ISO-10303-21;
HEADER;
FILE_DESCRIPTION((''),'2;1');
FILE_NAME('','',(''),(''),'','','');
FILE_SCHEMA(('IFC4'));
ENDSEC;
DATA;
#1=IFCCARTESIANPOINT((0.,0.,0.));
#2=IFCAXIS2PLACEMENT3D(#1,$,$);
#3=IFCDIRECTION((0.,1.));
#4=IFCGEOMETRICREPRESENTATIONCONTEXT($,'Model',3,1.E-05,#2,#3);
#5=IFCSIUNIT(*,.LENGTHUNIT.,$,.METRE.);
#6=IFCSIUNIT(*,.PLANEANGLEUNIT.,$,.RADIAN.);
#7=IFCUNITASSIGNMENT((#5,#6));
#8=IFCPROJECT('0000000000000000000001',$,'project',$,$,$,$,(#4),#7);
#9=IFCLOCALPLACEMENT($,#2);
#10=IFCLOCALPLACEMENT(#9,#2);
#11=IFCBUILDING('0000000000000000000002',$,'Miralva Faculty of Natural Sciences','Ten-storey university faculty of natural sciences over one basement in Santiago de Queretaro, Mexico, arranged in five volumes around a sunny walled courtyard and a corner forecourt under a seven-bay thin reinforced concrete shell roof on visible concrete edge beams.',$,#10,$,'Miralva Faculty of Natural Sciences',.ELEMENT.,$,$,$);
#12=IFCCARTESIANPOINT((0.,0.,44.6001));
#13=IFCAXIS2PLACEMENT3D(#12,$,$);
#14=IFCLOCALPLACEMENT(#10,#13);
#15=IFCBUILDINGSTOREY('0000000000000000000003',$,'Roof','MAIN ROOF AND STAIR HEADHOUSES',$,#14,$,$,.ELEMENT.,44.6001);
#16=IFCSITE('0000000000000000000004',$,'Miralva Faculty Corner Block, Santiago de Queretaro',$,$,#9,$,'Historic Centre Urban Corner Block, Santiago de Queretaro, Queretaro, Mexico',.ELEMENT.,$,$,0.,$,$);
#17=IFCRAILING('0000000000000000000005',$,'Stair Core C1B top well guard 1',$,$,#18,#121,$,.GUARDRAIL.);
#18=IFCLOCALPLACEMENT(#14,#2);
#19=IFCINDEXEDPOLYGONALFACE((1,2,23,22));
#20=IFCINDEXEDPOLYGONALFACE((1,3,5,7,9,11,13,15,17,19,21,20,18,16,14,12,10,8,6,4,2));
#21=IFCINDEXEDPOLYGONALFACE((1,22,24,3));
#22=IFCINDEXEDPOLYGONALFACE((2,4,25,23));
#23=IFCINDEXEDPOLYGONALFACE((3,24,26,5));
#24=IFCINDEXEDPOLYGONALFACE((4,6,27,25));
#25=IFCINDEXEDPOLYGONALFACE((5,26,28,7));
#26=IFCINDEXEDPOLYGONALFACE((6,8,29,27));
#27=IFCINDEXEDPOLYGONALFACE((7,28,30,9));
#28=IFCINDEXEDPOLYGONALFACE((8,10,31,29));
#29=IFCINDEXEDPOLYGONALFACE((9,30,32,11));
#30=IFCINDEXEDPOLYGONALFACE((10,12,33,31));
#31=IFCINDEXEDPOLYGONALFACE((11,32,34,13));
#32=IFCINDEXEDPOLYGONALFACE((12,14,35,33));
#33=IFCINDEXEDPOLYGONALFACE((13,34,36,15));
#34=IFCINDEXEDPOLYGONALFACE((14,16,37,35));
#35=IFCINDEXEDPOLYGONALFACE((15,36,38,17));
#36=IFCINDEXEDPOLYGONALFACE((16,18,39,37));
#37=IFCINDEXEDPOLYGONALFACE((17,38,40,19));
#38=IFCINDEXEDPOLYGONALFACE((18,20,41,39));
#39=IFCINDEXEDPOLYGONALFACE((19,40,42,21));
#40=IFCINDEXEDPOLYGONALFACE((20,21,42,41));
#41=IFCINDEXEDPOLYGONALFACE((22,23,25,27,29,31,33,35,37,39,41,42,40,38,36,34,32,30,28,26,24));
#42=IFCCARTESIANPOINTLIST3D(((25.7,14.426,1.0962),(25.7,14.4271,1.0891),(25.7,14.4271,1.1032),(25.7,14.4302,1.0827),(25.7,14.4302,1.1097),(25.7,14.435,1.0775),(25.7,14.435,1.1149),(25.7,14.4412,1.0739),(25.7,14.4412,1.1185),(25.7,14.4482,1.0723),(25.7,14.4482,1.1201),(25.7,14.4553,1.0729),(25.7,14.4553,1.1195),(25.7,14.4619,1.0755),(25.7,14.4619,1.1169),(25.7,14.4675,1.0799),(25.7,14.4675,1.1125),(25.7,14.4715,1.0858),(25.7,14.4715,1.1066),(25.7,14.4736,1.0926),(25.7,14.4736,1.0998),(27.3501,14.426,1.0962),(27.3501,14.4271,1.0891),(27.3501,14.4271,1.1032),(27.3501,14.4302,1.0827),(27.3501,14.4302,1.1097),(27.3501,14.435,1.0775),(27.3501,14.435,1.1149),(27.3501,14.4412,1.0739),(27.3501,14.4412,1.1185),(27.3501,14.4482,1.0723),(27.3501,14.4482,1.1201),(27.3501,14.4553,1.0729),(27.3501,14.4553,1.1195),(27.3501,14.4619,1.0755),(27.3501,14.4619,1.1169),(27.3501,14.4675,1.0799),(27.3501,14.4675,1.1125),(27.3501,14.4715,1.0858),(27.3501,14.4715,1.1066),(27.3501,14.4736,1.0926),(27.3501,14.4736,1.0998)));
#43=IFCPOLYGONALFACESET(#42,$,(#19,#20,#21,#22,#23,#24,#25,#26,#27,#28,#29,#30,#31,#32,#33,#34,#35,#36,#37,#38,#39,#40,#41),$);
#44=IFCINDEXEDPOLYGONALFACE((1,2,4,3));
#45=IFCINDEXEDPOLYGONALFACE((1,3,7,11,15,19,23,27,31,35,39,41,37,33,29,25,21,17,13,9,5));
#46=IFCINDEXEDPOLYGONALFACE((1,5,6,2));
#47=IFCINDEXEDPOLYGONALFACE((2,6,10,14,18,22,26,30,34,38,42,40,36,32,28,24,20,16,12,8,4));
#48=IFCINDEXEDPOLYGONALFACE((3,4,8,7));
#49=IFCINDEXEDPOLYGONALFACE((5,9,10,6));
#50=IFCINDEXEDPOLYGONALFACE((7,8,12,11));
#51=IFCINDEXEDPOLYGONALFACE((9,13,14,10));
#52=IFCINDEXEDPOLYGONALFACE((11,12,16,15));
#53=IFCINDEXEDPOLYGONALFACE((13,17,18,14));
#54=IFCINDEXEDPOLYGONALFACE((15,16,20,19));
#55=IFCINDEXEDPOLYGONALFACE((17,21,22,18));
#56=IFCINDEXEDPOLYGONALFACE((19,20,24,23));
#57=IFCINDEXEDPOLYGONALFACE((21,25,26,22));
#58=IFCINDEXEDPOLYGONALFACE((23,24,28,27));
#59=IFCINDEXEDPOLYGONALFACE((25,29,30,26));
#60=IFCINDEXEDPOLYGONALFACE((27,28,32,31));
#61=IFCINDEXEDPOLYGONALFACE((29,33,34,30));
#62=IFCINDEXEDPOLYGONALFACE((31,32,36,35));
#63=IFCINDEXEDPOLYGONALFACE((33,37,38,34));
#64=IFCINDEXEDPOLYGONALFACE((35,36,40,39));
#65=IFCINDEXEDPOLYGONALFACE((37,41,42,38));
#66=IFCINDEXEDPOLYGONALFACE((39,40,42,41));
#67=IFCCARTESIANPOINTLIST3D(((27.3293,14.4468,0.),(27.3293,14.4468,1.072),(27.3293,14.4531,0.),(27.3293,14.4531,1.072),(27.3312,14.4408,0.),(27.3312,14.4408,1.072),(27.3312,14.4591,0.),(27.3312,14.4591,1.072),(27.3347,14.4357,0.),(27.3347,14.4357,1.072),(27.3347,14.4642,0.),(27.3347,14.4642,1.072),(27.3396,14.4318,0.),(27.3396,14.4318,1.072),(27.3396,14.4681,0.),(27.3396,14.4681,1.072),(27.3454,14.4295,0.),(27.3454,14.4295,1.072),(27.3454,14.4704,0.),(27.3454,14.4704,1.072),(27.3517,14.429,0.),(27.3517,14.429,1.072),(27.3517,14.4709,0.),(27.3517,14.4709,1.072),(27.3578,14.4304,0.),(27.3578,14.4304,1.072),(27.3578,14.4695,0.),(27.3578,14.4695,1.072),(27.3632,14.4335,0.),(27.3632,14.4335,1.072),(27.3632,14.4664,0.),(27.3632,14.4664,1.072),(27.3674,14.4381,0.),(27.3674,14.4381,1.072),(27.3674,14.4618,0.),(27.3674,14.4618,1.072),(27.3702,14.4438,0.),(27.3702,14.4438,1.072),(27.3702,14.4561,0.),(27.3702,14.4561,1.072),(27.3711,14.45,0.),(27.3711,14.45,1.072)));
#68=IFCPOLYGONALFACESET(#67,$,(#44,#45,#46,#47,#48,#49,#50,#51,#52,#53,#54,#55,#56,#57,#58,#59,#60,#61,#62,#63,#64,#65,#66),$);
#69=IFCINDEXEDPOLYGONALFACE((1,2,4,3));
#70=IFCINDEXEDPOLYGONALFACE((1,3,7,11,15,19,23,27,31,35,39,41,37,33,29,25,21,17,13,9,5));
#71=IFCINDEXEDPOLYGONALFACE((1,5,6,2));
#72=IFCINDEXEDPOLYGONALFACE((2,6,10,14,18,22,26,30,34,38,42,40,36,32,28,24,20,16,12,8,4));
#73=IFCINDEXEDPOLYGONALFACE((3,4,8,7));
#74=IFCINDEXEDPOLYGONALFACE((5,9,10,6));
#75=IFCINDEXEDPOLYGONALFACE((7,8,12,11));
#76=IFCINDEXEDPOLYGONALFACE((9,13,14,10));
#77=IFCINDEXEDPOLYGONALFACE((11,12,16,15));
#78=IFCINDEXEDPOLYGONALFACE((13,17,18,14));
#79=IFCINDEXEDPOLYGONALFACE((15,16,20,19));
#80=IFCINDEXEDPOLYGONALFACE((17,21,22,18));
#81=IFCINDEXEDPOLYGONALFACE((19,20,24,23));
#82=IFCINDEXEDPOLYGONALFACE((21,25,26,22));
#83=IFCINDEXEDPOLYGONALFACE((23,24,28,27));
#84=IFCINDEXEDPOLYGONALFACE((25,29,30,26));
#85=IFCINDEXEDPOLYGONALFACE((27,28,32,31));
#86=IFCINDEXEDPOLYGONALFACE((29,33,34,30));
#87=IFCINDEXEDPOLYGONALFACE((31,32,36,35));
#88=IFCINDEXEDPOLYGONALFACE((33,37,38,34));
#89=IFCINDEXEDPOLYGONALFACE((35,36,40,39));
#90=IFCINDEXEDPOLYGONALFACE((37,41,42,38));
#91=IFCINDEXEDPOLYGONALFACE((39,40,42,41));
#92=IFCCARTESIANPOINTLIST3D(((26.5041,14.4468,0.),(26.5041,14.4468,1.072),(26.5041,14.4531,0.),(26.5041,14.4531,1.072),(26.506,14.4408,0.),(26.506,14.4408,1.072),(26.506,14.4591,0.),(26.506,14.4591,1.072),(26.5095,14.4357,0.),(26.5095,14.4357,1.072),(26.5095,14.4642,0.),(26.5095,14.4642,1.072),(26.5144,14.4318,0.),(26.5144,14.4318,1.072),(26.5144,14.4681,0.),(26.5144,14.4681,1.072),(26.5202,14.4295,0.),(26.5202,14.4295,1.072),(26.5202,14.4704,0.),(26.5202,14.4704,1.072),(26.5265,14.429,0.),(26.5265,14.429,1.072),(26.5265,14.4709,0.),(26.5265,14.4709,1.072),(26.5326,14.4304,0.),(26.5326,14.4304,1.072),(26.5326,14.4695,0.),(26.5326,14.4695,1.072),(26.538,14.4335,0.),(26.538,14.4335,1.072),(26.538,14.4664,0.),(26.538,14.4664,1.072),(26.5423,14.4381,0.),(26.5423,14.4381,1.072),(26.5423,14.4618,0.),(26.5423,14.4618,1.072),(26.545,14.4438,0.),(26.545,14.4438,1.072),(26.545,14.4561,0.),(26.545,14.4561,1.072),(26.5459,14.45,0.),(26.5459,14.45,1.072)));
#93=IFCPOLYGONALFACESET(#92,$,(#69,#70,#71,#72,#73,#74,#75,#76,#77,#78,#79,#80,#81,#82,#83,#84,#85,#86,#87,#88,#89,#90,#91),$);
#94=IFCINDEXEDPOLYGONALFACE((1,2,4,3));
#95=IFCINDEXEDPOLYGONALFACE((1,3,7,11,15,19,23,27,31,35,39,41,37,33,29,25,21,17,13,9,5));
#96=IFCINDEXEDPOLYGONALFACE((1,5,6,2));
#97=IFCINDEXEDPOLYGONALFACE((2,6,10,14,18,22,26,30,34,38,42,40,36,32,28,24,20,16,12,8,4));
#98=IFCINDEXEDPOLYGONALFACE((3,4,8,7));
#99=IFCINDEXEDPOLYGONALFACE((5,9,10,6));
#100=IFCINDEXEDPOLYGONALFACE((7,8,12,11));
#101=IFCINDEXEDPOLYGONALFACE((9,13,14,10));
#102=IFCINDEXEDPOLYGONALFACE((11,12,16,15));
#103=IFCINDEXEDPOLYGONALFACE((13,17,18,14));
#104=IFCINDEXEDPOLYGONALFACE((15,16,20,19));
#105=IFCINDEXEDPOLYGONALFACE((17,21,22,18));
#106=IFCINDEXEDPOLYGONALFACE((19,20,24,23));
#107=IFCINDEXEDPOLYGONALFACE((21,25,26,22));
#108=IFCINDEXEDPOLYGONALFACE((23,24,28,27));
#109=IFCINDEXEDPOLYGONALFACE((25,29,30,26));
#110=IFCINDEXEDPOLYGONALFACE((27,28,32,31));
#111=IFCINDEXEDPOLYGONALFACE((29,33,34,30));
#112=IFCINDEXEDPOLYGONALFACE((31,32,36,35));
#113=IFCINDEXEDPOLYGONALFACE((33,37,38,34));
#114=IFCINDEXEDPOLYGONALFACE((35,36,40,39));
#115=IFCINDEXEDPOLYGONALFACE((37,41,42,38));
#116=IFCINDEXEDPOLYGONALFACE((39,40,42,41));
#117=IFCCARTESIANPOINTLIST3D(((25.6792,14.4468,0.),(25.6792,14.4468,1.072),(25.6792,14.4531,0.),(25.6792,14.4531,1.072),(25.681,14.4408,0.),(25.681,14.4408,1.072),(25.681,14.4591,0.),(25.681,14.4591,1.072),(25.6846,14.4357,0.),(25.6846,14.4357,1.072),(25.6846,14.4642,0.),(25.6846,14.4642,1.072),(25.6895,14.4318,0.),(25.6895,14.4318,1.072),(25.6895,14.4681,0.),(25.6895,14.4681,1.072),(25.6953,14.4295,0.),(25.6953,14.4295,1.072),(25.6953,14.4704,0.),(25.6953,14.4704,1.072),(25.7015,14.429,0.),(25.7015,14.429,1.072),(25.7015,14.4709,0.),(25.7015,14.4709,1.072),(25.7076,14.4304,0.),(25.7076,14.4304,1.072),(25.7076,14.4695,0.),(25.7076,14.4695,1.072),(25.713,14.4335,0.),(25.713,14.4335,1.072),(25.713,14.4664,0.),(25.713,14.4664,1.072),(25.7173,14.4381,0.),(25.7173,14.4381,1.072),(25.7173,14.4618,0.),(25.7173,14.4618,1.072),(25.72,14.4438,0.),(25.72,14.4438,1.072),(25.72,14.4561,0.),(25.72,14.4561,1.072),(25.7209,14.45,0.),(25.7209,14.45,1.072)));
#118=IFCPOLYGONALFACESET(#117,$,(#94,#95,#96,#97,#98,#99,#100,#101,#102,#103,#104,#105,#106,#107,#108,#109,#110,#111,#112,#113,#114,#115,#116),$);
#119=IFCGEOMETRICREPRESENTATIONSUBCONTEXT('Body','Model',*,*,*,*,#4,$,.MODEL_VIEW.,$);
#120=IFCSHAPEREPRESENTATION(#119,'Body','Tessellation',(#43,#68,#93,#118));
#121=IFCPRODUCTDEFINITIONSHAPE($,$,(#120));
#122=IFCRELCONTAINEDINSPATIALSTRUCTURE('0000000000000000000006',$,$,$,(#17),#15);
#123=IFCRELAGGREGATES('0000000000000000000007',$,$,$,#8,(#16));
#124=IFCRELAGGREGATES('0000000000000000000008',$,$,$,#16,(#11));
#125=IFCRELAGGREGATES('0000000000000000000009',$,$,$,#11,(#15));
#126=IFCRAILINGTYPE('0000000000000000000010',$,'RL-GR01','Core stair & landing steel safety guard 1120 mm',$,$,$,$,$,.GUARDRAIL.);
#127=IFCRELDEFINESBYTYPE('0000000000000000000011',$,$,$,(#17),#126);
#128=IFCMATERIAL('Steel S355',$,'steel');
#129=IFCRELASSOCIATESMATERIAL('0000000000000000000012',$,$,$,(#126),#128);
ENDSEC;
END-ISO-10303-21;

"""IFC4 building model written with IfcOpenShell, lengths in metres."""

from ifc_helpers import new_model, si_unit, direction, frame, origin, origin_2d, place, context, subcontext, project, spatial, circle, extrude, material, type_object, element, save


model = new_model("IFC4")

# Units and contexts
model_context = context("Model", 3, precision=1e-05, world=origin(), true_north=direction((0.0, 1.0)))
body_context = subcontext(model_context, "Body", "Model", "MODEL_VIEW")
ifc_project = project(units=[si_unit("LENGTHUNIT", "METRE"), si_unit("PLANEANGLEUNIT", "RADIAN")], contexts=[model_context])

# Site, building, storey
site_placement = place(None, origin())
site = spatial("IfcSite", under=ifc_project, at=site_placement, Name="Miralva Faculty Corner Block, Santiago de Queretaro", LongName="Historic Centre Urban Corner Block, Santiago de Queretaro, Queretaro, Mexico", CompositionType="ELEMENT", RefElevation=0.0)
building_placement = place(site_placement, origin())
building = spatial("IfcBuilding", under=site, at=building_placement, Name="Miralva Faculty of Natural Sciences", Description="Ten-storey university faculty of natural sciences over one basement in Santiago de Queretaro, Mexico, arranged in five volumes around a sunny walled courtyard and a corner forecourt under a seven-bay thin reinforced concrete shell roof on visible concrete edge beams.", LongName="Miralva Faculty of Natural Sciences", CompositionType="ELEMENT")
storey_placement = place(building_placement, frame((0.0, 0.0, 44.6001)))
storey = spatial("IfcBuildingStorey", under=building, at=storey_placement, Name="Roof", Description="MAIN ROOF AND STAIR HEADHOUSES", CompositionType="ELEMENT", Elevation=44.6001)

# Railing
ifc_material_1 = material(Name="Steel S355", Category="steel")
railing_type = type_object("IfcRailingType", Name="RL-GR01", Description="Core stair & landing steel safety guard 1120 mm", PredefinedType="GUARDRAIL", material=ifc_material_1)
railing_1_placement = place(storey_placement, frame((27.3501, 14.45, 0.0)))
element("IfcRailing", 1, at=railing_1_placement, inside=storey, type_object=railing_type, Name="Stair Core C1B top well guard 1", PredefinedType="GUARDRAIL", context=body_context, shape_type="SweptSolid", body=[
    extrude(circle(Radius=0.0239, at=origin_2d()), frame((0.0, 0.0, 1.0962), z_axis=(-1.0, 0.0, 0.0), x_axis=(0.0, -1.0, 0.0)), (0.0, 0.0, 1.0), 1.6501),
    extrude(circle(Radius=0.021, at=origin_2d()), origin(), (0.0, 0.0, 1.0), 1.072),
    extrude(circle(Radius=0.021, at=origin_2d()), frame((-0.8252, 0.0, 0.0)), (0.0, 0.0, 1.0), 1.072),
    extrude(circle(Radius=0.021, at=origin_2d()), frame((-1.6501, 0.0, 0.0)), (0.0, 0.0, 1.0), 1.072),
])

save(model, "model.ifc")
